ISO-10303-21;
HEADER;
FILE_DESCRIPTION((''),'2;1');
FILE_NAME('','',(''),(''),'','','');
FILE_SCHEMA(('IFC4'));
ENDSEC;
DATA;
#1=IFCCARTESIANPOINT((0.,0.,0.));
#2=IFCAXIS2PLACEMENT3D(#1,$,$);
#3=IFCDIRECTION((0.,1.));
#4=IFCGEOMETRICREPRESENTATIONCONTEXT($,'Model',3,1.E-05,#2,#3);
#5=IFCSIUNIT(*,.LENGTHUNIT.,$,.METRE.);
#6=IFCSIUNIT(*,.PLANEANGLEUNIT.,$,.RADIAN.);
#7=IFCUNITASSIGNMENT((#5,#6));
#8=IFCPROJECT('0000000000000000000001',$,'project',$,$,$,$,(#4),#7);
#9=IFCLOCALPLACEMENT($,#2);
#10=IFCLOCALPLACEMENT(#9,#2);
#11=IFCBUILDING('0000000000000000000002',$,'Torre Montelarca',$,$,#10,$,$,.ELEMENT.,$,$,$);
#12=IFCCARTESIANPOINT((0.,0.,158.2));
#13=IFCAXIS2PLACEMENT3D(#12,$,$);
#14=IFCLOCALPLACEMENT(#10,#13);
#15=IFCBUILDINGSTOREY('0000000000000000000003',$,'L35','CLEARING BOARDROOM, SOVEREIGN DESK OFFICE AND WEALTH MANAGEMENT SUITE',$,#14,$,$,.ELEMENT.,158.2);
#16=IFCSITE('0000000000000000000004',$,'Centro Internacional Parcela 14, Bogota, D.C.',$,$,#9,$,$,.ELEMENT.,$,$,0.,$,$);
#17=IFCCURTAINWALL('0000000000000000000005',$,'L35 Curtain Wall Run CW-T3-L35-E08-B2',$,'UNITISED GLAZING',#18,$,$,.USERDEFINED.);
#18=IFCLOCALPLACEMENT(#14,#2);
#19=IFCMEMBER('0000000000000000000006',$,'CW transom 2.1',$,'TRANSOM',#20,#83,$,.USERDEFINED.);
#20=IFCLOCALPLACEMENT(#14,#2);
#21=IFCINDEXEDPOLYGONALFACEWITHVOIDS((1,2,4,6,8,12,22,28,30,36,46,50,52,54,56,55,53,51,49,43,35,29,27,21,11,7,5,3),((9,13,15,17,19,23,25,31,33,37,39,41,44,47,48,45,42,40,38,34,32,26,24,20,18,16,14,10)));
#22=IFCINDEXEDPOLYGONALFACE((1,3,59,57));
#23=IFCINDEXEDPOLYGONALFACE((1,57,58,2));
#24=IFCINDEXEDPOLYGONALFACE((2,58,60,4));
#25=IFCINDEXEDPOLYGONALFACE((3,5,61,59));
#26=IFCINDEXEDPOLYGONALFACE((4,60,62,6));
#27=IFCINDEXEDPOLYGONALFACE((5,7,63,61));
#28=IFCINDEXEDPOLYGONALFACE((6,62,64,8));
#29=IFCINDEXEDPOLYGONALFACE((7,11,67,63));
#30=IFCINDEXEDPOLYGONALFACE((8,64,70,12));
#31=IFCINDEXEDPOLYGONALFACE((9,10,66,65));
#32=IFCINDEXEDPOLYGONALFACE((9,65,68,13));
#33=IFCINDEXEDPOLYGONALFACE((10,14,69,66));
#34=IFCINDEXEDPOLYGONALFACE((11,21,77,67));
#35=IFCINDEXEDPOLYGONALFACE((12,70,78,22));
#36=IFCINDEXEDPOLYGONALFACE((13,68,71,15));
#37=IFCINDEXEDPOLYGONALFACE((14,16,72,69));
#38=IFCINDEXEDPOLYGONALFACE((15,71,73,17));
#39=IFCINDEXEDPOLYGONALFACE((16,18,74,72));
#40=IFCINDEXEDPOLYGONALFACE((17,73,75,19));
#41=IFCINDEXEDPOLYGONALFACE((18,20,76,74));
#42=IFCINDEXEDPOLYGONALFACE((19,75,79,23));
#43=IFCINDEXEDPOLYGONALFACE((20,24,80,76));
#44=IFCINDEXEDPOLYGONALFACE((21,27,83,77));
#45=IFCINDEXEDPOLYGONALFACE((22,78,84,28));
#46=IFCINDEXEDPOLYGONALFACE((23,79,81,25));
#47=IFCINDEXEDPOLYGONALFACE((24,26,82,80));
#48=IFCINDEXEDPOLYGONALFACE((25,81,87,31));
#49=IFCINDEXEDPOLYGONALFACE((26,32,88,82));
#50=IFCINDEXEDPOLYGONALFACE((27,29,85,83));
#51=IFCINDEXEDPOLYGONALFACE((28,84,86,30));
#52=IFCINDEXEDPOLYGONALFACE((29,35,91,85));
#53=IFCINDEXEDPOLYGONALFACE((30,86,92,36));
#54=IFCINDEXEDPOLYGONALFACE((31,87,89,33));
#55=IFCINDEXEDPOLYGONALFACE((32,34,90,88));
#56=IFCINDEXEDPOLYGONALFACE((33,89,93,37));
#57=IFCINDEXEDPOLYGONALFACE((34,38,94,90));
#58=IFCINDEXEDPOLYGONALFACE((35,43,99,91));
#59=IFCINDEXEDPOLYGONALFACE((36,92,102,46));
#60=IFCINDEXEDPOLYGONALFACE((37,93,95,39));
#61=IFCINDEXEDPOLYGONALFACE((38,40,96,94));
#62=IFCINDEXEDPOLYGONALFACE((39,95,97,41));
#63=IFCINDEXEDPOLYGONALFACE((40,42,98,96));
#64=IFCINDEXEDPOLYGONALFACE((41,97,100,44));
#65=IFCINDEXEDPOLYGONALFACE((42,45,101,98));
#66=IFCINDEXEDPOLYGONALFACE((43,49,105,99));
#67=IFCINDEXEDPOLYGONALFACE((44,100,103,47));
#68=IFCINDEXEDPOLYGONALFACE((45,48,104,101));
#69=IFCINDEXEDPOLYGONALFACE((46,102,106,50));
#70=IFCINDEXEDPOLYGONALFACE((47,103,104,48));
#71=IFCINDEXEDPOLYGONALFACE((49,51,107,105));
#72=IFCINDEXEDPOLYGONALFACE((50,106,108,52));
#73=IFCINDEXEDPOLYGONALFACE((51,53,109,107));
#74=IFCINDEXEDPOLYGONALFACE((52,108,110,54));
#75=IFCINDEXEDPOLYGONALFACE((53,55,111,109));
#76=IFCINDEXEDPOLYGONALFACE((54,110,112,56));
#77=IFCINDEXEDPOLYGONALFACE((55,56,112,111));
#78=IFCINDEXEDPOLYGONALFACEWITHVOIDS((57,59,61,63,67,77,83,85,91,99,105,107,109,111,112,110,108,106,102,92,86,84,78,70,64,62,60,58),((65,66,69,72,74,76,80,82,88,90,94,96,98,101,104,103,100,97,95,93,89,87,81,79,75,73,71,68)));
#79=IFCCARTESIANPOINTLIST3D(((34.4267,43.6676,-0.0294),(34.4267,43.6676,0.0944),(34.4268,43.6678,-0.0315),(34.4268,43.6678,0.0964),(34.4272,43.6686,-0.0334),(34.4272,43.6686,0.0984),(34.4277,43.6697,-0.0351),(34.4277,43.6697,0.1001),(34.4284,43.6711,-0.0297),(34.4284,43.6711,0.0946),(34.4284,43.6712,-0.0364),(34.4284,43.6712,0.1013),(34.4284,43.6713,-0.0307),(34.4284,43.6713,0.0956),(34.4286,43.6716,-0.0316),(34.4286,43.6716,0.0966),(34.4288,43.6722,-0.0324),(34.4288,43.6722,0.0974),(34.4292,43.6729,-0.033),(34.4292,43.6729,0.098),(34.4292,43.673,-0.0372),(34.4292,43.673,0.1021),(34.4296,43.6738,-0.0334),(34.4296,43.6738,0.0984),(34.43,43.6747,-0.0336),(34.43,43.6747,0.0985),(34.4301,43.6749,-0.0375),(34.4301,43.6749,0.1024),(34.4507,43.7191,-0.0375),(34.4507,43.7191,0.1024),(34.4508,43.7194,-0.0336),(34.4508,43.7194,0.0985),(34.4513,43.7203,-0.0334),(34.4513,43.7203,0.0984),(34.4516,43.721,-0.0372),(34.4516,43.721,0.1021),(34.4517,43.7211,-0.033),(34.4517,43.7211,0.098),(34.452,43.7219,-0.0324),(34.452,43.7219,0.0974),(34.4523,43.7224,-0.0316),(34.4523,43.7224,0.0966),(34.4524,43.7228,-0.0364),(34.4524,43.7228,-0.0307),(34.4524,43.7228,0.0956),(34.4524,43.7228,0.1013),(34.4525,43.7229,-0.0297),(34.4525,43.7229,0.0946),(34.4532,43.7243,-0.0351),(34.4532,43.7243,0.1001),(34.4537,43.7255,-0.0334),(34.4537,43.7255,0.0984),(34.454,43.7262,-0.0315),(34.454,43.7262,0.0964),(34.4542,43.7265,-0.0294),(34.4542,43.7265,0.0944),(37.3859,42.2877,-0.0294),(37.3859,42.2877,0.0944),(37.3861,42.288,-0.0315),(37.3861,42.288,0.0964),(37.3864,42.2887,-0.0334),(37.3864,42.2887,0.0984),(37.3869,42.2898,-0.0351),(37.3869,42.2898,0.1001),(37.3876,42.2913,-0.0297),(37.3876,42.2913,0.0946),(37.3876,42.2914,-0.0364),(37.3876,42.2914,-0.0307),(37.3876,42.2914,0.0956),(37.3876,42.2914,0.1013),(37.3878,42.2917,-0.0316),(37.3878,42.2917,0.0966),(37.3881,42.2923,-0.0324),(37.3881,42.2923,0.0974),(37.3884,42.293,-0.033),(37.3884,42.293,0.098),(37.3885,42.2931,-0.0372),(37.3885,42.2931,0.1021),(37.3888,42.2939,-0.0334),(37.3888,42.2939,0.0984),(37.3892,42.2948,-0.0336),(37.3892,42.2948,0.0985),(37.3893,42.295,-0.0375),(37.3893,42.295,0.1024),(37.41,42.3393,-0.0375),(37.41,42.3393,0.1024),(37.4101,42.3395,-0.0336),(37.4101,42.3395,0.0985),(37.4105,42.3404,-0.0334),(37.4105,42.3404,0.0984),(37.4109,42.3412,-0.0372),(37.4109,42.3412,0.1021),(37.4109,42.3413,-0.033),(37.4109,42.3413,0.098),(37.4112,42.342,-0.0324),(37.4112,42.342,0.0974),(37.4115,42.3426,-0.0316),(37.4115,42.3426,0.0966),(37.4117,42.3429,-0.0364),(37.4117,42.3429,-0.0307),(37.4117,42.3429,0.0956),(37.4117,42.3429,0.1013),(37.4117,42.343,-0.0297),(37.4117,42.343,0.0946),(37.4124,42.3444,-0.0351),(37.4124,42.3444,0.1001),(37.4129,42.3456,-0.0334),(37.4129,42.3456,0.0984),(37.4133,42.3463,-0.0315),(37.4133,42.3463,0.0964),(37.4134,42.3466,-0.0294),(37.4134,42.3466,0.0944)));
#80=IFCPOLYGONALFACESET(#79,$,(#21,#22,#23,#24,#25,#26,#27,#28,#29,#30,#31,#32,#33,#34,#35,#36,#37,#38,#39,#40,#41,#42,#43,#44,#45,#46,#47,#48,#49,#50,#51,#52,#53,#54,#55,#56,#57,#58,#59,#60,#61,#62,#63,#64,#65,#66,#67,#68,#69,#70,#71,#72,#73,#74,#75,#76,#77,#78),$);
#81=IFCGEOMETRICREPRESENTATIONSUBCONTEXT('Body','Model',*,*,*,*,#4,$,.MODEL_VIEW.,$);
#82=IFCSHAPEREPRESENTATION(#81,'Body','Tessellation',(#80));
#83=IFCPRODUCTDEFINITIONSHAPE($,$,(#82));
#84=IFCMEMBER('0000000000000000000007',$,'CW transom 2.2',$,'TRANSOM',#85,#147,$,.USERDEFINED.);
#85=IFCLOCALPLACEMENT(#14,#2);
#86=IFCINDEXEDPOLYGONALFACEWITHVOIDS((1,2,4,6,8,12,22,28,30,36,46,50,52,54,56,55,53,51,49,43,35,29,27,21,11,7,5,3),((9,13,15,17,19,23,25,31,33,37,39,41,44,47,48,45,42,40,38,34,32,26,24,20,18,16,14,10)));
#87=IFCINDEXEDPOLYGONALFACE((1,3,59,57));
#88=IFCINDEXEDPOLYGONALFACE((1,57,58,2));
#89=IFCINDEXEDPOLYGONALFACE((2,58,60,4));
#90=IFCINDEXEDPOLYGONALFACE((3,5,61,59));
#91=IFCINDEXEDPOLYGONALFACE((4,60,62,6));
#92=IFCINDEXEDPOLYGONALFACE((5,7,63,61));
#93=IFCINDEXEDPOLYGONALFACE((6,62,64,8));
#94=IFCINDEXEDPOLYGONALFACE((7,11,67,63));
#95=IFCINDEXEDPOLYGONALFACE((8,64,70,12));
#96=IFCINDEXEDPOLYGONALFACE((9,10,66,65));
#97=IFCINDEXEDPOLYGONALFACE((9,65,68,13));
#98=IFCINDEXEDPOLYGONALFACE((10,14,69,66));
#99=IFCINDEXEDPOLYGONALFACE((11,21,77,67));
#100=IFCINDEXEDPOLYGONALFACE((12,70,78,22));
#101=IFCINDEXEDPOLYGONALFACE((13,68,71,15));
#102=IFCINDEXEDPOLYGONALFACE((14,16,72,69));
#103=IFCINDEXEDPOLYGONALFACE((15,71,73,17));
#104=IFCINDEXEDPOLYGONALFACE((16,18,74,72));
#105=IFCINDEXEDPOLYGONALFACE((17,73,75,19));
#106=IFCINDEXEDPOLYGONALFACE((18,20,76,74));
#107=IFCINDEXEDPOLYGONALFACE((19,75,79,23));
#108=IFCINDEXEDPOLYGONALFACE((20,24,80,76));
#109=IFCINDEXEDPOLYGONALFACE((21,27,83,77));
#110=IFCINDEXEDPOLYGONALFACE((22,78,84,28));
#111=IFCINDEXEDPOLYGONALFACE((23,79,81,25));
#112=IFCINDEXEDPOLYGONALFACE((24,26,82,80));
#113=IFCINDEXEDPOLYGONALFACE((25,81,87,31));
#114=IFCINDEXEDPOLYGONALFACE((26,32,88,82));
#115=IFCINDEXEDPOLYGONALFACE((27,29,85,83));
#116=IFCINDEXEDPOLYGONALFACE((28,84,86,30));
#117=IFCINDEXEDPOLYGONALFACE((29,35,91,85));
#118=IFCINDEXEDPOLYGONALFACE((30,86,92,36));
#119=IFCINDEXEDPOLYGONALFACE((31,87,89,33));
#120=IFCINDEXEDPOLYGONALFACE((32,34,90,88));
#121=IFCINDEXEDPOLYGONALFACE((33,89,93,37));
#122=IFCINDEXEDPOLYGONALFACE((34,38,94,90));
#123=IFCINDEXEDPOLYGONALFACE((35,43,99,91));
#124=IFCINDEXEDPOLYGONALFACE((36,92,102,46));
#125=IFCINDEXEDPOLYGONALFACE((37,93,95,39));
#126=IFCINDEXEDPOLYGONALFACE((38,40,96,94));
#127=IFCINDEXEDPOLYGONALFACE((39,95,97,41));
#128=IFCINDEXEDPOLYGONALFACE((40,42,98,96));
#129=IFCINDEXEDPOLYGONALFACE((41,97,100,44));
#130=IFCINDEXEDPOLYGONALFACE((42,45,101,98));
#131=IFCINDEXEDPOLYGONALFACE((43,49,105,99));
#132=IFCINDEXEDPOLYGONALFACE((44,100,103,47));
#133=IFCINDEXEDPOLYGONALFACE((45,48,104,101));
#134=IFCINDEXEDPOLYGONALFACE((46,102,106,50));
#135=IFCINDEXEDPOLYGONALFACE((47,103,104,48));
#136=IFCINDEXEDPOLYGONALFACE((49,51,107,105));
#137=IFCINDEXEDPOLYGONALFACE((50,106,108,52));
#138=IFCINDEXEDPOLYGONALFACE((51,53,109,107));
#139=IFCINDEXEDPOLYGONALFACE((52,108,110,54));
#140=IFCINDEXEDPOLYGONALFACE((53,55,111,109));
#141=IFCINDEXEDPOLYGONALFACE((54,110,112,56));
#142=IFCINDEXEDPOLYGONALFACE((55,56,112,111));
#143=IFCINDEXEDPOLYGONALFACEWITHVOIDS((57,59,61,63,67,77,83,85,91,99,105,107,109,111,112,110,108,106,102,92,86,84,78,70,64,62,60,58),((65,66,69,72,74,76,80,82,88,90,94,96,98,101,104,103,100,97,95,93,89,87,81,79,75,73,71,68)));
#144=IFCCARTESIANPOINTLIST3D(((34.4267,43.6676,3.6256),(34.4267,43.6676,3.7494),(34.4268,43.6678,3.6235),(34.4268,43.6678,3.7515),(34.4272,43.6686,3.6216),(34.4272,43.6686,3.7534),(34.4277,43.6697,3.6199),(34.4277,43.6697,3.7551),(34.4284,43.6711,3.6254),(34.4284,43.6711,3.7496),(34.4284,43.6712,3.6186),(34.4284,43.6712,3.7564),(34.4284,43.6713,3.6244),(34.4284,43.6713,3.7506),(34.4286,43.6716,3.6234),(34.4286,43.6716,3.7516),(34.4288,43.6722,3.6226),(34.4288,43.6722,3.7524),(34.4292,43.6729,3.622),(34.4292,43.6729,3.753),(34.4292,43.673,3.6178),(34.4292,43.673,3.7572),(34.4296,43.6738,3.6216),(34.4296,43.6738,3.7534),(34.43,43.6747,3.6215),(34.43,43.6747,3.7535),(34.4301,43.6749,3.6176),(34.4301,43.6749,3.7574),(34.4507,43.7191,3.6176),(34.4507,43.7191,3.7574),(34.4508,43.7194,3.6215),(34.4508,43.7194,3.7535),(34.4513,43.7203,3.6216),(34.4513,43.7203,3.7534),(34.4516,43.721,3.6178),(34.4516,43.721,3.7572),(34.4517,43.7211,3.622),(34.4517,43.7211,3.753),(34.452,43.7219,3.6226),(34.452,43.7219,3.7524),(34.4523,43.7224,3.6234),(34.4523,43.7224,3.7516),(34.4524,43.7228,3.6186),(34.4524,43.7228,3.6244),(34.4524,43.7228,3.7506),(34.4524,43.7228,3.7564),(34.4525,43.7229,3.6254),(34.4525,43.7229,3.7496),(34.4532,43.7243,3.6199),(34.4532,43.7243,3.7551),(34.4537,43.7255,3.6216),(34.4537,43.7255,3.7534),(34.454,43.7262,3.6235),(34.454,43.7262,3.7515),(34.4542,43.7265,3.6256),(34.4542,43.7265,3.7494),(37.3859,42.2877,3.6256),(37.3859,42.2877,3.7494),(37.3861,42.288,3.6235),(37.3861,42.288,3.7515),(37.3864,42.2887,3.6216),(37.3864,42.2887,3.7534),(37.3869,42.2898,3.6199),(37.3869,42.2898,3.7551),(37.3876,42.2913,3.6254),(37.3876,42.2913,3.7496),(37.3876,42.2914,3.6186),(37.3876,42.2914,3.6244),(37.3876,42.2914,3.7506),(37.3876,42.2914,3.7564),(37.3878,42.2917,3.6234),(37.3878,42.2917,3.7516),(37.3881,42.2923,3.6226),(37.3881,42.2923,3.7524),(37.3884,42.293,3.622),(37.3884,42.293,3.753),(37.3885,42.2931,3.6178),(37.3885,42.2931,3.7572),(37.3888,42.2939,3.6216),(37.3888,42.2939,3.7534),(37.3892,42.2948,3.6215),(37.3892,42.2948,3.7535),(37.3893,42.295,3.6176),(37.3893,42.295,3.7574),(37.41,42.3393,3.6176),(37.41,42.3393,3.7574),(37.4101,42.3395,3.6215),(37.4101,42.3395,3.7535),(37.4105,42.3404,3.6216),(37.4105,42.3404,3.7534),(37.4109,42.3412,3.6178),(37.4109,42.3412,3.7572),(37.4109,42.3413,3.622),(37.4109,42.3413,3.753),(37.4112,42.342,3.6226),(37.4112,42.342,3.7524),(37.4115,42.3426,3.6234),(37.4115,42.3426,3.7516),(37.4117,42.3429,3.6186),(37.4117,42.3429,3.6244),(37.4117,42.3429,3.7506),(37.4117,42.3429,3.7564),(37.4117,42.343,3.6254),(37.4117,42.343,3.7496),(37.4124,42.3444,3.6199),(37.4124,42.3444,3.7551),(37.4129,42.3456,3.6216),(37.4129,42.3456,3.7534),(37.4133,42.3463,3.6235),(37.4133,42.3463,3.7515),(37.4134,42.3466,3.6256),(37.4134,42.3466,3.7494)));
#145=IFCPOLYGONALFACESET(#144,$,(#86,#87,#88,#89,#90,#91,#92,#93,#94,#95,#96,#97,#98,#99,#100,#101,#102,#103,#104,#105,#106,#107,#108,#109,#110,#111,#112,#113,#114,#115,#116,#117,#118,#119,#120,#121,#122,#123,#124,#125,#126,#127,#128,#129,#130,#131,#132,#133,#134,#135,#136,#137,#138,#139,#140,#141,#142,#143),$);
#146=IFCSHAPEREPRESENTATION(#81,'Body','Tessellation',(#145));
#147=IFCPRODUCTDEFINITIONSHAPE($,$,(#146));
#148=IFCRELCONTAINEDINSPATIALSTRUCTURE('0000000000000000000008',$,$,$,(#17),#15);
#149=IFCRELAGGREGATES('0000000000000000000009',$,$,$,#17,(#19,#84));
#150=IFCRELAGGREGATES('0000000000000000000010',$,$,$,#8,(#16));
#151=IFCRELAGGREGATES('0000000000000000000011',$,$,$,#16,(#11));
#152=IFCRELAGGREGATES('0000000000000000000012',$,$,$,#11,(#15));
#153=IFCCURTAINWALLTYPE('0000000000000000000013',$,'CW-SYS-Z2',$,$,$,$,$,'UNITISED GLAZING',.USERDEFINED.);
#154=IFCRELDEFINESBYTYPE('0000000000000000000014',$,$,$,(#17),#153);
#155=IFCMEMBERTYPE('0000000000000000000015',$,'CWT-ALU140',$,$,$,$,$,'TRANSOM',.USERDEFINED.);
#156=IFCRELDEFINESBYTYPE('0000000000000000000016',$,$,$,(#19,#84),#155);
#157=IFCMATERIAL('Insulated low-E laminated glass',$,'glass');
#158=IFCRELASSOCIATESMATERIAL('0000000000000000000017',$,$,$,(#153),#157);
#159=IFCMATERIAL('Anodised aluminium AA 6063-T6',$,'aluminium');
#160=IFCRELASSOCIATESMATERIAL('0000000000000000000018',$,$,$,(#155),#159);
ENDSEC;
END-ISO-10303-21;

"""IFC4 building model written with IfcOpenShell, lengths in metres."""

from ifc_helpers import new_model, si_unit, direction, frame, origin, origin_2d, place, context, subcontext, project, spatial, hollow_rectangle, extrude, source, transform, mapped, material, material_profile, profile_set, type_object, element, aggregate, save


model = new_model("IFC4")

# Units and contexts
model_context = context("Model", 3, precision=1e-05, world=origin(), true_north=direction((0.0, 1.0)))
body_context = subcontext(model_context, "Body", "Model", "MODEL_VIEW")
ifc_project = project(units=[si_unit("LENGTHUNIT", "METRE"), si_unit("PLANEANGLEUNIT", "RADIAN")], contexts=[model_context])

# Site, building, storey
site_placement = place(None, origin())
site = spatial("IfcSite", under=ifc_project, at=site_placement, Name="Centro Internacional Parcela 14, Bogota, D.C.", CompositionType="ELEMENT", RefElevation=0.0)
building_placement = place(site_placement, origin())
building = spatial("IfcBuilding", under=site, at=building_placement, Name="Torre Montelarca", CompositionType="ELEMENT")
storey_placement = place(building_placement, frame((0.0, 0.0, 158.2)))
storey = spatial("IfcBuildingStorey", under=building, at=storey_placement, Name="L35", Description="CLEARING BOARDROOM, SOVEREIGN DESK OFFICE AND WEALTH MANAGEMENT SUITE", CompositionType="ELEMENT", Elevation=158.2)

# Curtain wall
ifc_material_1 = material(Name="Insulated low-E laminated glass", Category="glass")
curtain_wall_type = type_object("IfcCurtainWallType", Name="CW-SYS-Z2", ElementType="UNITISED GLAZING", PredefinedType="USERDEFINED", material=ifc_material_1)
curtain_wall_1_placement = place(storey_placement, origin())
curtain_wall_1 = element("IfcCurtainWall", 1, at=curtain_wall_1_placement, inside=storey, type_object=curtain_wall_type, Name="L35 Curtain Wall Run CW-T3-L35-E08-B2", ObjectType="UNITISED GLAZING", PredefinedType="USERDEFINED")
ifc_material_2 = material(Name="Anodised aluminium AA 6063-T6", Category="aluminium")

# Members
ifc_material_profile_1 = material_profile(ifc_material_2, hollow_rectangle(XDim=0.0649, YDim=0.1399, WallThickness=0.0039, InnerFilletRadius=0.0039, OuterFilletRadius=0.0081, at=origin_2d()), Name="ALU65X140X4", Category="aluminium")
ifc_profile_set_1 = profile_set([ifc_material_profile_1], Name="Anodised aluminium AA 6063-T6")
member_type_1 = type_object("IfcMemberType", Name="CWT-ALU140", ElementType="TRANSOM", PredefinedType="USERDEFINED", material=ifc_profile_set_1)
shared_shape_1 = source(origin(), body_context, "Body", "SweptSolid", [
    extrude(hollow_rectangle(XDim=0.0649, YDim=0.1399, WallThickness=0.0039, InnerFilletRadius=0.0039, OuterFilletRadius=0.0081, at=origin_2d()), origin(), (0.0, 0.0, 1.0), 3.2651),
])
member_1_placement = place(storey_placement, frame((37.3997, 42.3171, 0.0325), z_axis=(-0.906311, 0.422611, 0.0), x_axis=(-0.422611, -0.906311, 0.0)))
member_1 = element("IfcMember", 2, at=member_1_placement, type_object=member_type_1, Name="CW transom 2.1", ObjectType="TRANSOM", PredefinedType="USERDEFINED", context=body_context, shape_type="MappedRepresentation", body=[
    mapped(shared_shape_1, transform((0.0, 0.0, 0.0), scale=1.0)),
])
member_2_placement = place(storey_placement, frame((37.3997, 42.3171, 3.6875), z_axis=(-0.906311, 0.422611, 0.0), x_axis=(-0.422611, -0.906311, 0.0)))
member_2 = element("IfcMember", 3, at=member_2_placement, type_object=member_type_1, Name="CW transom 2.2", ObjectType="TRANSOM", PredefinedType="USERDEFINED", context=body_context, shape_type="MappedRepresentation", body=[
    mapped(shared_shape_1, transform((0.0, 0.0, 0.0), scale=1.0)),
])

aggregate(curtain_wall_1, [member_1, member_2])

save(model, "model.ifc")
